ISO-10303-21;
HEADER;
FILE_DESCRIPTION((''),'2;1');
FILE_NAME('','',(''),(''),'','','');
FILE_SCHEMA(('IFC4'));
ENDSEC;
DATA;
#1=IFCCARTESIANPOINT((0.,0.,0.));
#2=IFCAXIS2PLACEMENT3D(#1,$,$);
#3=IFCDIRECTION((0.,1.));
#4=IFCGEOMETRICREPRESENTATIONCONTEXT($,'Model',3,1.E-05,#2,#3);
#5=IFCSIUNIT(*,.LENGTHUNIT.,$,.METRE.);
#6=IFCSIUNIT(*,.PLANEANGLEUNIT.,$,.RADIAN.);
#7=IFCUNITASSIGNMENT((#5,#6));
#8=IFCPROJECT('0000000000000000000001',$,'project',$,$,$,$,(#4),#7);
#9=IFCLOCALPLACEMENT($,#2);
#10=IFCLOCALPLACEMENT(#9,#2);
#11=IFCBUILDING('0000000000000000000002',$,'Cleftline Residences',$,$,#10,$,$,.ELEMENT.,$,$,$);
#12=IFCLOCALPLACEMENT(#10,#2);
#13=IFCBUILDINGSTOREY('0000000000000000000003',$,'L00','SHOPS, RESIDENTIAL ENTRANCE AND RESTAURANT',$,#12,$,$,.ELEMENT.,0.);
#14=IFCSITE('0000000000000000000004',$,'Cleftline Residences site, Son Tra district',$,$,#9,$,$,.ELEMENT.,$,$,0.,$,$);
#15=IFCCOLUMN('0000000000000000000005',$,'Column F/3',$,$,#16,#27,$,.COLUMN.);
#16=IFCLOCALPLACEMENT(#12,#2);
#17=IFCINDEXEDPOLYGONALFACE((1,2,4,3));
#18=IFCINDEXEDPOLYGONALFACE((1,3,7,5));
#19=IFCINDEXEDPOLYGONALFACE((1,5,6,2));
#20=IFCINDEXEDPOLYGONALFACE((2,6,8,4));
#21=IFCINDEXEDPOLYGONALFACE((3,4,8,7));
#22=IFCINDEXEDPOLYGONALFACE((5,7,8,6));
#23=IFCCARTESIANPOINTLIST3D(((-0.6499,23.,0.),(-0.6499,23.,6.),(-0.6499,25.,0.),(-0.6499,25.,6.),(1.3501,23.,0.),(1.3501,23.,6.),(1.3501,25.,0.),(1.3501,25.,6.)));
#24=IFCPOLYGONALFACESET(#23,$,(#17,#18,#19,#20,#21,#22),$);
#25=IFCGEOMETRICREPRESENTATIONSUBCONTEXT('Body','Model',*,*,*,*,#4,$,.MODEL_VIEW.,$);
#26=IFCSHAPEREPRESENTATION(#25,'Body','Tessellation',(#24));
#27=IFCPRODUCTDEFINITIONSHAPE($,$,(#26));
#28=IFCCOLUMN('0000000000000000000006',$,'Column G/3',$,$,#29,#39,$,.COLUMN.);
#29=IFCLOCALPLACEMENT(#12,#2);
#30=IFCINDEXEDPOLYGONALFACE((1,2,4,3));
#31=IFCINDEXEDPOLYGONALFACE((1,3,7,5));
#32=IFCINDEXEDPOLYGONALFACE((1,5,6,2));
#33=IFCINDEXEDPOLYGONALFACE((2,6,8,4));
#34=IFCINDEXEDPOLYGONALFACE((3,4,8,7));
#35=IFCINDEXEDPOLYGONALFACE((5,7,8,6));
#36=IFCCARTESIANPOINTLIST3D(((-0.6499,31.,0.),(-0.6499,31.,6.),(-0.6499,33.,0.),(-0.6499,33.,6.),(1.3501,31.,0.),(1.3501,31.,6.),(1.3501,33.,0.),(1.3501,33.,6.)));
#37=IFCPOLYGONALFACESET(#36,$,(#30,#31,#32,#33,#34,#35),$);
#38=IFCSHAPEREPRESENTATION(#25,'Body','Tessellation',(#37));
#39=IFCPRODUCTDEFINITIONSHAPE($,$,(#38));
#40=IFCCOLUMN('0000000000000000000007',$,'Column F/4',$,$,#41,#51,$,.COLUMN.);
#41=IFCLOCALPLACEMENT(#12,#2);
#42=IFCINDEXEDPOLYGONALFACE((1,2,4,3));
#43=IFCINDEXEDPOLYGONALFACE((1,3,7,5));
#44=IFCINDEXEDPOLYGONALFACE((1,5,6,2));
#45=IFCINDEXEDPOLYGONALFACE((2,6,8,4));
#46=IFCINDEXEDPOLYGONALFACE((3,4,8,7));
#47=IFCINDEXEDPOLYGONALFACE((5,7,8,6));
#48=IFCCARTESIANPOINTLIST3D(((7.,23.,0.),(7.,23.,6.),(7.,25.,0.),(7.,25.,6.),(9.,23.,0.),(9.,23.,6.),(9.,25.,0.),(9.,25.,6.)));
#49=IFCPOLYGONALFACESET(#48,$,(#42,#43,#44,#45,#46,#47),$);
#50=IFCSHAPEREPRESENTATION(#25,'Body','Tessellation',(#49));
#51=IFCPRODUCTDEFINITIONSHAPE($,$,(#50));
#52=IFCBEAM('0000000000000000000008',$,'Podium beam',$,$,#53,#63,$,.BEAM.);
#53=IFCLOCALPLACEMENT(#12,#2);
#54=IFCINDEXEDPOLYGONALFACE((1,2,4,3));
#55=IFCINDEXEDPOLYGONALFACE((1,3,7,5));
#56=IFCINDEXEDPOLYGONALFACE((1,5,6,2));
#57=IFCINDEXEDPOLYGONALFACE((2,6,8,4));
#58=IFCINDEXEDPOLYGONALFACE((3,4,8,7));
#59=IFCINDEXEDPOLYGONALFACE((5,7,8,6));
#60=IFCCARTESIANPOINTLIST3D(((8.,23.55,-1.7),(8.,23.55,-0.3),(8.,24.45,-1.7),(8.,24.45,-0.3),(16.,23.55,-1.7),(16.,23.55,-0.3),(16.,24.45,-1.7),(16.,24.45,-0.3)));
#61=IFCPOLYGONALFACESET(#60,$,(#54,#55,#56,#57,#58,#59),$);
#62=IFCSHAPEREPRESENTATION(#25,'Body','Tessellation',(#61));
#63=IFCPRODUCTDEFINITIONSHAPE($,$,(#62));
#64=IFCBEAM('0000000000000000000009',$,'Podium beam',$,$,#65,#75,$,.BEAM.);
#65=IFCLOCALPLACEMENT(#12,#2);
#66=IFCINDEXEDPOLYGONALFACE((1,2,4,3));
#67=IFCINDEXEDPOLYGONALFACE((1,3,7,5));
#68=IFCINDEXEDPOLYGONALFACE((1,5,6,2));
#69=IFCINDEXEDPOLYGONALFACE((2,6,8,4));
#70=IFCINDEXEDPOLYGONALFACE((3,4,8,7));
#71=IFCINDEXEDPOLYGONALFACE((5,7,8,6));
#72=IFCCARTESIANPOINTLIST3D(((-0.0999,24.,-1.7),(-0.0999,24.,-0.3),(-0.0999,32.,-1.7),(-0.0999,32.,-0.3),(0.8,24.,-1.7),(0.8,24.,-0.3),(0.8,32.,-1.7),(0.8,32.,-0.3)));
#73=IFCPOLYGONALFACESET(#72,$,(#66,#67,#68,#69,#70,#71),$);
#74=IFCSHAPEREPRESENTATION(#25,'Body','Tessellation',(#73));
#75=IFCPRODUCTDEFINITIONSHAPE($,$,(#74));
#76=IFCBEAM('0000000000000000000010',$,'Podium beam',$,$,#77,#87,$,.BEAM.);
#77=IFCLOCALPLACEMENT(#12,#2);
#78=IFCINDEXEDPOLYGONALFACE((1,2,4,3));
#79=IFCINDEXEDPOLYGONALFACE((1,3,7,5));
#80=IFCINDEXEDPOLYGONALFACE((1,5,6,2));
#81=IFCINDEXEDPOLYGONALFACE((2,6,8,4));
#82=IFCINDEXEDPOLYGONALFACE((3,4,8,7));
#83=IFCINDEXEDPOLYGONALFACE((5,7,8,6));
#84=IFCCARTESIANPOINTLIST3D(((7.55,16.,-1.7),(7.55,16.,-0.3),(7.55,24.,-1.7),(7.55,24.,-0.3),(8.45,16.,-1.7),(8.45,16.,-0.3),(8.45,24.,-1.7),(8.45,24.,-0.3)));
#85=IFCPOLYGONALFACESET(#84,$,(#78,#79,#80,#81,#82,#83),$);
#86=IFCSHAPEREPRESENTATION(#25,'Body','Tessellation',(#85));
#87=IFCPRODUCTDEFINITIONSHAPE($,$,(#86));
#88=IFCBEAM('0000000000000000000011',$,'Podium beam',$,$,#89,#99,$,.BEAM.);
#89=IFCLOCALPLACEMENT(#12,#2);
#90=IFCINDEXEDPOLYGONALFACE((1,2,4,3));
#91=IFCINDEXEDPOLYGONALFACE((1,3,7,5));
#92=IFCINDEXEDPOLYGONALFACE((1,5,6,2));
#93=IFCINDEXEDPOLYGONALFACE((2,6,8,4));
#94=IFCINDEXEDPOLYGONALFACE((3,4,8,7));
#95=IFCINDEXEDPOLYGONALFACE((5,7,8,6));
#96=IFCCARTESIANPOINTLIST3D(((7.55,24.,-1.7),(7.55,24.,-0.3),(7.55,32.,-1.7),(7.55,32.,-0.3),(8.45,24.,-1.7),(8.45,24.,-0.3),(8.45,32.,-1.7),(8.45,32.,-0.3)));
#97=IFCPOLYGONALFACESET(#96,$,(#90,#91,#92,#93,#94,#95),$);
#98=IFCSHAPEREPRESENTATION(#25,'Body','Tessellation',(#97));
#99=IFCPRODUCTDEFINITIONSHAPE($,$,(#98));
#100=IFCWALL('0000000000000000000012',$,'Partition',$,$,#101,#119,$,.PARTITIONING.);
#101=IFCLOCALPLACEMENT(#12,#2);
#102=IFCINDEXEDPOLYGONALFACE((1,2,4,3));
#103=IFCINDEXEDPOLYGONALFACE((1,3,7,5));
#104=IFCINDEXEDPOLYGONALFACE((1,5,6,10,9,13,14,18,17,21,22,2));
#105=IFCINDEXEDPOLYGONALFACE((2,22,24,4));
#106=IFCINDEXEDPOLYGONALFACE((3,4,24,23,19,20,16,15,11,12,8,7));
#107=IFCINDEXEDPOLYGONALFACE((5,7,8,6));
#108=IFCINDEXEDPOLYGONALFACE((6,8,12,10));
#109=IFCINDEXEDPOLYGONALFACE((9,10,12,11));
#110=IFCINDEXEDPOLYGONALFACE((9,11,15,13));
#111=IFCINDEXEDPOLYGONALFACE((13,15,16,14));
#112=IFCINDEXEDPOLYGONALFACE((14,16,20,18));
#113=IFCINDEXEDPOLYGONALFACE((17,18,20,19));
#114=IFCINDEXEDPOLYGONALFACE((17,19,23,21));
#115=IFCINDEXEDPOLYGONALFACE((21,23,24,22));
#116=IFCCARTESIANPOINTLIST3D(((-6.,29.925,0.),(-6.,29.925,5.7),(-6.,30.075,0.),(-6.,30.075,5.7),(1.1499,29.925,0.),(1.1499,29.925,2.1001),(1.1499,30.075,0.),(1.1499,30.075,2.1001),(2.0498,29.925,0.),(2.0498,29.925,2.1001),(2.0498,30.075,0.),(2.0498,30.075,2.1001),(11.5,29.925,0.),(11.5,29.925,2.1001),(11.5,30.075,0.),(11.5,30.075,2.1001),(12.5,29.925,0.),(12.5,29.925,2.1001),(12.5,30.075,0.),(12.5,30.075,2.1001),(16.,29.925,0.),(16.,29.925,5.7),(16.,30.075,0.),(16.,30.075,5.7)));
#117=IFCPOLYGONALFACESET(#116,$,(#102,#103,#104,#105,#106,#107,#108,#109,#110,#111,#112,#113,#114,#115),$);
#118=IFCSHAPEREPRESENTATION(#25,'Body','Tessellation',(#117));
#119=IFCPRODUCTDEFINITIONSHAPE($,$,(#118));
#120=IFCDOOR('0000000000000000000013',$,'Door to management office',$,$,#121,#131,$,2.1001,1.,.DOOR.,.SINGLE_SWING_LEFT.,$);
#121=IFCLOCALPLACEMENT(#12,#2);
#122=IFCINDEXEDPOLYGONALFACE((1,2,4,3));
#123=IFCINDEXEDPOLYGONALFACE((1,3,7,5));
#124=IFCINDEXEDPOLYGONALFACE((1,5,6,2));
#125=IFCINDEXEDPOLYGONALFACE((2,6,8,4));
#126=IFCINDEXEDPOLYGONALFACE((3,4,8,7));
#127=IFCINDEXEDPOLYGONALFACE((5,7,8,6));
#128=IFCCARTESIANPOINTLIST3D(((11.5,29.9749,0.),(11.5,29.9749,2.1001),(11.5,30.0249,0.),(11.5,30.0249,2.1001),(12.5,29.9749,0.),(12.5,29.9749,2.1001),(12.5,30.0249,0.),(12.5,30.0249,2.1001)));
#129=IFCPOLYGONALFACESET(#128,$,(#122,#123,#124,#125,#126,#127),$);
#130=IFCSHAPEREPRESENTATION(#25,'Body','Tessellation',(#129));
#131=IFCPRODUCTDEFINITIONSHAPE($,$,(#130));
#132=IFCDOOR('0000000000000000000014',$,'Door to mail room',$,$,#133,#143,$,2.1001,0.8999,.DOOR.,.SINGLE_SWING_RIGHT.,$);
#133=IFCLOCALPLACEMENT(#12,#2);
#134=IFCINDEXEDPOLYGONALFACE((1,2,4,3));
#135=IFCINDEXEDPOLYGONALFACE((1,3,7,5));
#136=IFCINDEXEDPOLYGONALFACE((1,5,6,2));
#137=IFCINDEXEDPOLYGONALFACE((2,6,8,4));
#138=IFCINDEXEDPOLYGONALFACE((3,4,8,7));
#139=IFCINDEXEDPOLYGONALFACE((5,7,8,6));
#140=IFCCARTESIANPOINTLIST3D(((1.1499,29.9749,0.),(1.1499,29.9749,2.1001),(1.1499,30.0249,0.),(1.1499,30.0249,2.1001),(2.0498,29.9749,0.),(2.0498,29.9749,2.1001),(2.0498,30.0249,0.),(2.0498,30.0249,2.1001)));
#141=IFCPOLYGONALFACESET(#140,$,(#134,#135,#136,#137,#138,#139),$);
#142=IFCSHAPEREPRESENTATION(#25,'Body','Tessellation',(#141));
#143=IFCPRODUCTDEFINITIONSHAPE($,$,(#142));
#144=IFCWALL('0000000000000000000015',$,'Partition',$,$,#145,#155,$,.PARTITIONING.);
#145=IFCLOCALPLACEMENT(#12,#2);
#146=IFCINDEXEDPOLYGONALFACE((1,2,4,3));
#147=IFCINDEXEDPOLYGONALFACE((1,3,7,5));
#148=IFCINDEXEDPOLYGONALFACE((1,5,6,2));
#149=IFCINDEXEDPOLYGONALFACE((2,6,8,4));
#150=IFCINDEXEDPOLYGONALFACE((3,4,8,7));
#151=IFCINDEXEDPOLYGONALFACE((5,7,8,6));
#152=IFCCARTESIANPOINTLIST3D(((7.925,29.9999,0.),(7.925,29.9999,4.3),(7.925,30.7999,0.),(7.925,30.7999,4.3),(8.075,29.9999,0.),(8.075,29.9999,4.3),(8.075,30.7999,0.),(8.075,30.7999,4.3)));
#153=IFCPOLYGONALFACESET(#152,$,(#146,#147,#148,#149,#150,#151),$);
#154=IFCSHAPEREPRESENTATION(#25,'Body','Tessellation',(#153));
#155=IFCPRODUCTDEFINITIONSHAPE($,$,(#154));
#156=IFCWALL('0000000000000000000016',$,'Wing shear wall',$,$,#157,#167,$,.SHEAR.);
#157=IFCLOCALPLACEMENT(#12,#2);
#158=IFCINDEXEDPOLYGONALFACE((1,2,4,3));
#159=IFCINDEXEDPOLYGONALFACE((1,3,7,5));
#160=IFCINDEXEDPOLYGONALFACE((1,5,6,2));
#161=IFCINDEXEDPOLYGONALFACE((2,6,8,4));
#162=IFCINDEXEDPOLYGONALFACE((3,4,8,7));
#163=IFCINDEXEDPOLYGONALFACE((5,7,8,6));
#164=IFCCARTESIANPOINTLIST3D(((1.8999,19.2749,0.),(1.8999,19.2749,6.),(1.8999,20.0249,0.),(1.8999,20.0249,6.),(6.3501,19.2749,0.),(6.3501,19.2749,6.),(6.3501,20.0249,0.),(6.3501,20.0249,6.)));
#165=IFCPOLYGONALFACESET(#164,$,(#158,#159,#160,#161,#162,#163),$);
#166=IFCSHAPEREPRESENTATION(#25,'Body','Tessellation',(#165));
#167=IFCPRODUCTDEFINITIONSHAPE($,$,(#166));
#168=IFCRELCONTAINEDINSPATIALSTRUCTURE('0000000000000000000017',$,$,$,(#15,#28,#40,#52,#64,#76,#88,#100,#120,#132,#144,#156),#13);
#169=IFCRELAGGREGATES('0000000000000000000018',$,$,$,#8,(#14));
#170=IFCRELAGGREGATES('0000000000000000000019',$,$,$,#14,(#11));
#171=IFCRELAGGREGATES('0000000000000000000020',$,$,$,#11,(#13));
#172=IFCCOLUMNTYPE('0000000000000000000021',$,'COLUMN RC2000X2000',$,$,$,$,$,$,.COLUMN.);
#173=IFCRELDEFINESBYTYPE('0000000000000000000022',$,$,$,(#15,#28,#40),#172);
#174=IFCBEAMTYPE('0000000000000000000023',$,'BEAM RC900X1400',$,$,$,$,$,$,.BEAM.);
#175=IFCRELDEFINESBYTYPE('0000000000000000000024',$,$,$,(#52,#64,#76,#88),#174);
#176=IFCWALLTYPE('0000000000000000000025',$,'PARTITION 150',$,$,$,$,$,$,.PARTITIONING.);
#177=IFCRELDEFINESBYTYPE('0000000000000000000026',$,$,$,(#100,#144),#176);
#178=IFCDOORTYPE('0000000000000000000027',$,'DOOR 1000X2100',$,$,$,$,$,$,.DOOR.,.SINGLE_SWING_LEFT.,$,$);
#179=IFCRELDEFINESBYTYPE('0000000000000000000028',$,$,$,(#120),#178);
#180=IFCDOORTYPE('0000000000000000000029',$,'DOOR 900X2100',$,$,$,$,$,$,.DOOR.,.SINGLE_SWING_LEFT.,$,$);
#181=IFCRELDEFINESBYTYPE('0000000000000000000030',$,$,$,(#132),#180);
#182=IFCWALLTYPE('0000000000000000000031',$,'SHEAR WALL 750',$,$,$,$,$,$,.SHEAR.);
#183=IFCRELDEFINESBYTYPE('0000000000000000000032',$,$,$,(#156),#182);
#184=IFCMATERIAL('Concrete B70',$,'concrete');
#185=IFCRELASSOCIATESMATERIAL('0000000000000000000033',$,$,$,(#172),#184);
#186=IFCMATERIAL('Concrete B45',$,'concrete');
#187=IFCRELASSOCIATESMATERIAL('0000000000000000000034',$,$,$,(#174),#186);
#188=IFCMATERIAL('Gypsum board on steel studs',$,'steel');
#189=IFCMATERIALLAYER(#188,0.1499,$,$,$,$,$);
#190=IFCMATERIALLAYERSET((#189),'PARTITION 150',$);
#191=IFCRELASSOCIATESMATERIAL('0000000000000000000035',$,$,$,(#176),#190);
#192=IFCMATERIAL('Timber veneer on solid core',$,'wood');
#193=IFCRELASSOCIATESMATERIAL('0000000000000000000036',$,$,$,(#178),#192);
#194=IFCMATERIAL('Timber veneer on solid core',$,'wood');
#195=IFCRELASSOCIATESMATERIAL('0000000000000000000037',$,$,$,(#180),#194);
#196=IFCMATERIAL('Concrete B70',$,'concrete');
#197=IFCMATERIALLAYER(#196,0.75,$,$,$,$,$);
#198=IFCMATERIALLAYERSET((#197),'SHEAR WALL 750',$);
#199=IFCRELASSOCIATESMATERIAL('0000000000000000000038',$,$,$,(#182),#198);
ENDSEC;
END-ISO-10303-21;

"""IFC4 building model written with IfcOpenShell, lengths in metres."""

from ifc_helpers import new_model, si_unit, direction, frame, frame_2d, origin, origin_2d, place, context, subcontext, project, spatial, rectangle, extrude, material, layer, layer_set, material_profile, profile_set, type_object, element, fill, save


model = new_model("IFC4")

# Units and contexts
model_context = context("Model", 3, precision=1e-05, world=origin(), true_north=direction((0.0, 1.0)))
body_context = subcontext(model_context, "Body", "Model", "MODEL_VIEW")
ifc_project = project(units=[si_unit("LENGTHUNIT", "METRE"), si_unit("PLANEANGLEUNIT", "RADIAN")], contexts=[model_context])

# Site, building, storey
site_placement = place(None, origin())
site = spatial("IfcSite", under=ifc_project, at=site_placement, Name="Cleftline Residences site, Son Tra district", CompositionType="ELEMENT", RefElevation=0.0)
building_placement = place(site_placement, origin())
building = spatial("IfcBuilding", under=site, at=building_placement, Name="Cleftline Residences", CompositionType="ELEMENT")
storey_placement = place(building_placement, origin())
storey = spatial("IfcBuildingStorey", under=building, at=storey_placement, Name="L00", Description="SHOPS, RESIDENTIAL ENTRANCE AND RESTAURANT", CompositionType="ELEMENT", Elevation=0.0)

# Columns
ifc_material_1 = material(Name="Concrete B70", Category="concrete")
ifc_material_profile_1 = material_profile(ifc_material_1, rectangle(XDim=2.0, YDim=2.0, at=origin_2d()))
ifc_profile_set_1 = profile_set([ifc_material_profile_1], Name="Concrete B70")
column_type = type_object("IfcColumnType", Name="COLUMN RC2000X2000", PredefinedType="COLUMN", material=ifc_profile_set_1)
for number, where, z_axis, x_axis, name in (
    (1, (0.3501, 24.0, 0.0), (0.0, 0.0, 1.0), (1.0, 0.0, 0.0), "Column F/3"),
    (2, (0.3501, 32.0, 0.0), (0.0, 0.0, 1.0), (1.0, 0.0, 0.0), "Column G/3"),
    (3, (8.0, 24.0, 0.0), (0.0, 0.0, 1.0), (1.0, 0.0, 0.0), "Column F/4"),
):
    element("IfcColumn", number, at=place(storey_placement, frame(where, z_axis=z_axis, x_axis=x_axis)), inside=storey, type_object=column_type, Name=name, PredefinedType="COLUMN", context=body_context, shape_type="SweptSolid", body=[
        extrude(rectangle(XDim=2.0, YDim=2.0, at=origin_2d()), origin(), (0.0, 0.0, 1.0), 6.0),
    ])

# Beams
ifc_material_2 = material(Name="Concrete B45", Category="concrete")
ifc_material_profile_2 = material_profile(ifc_material_2, rectangle(XDim=0.8999, YDim=1.3999, at=origin_2d()))
ifc_profile_set_2 = profile_set([ifc_material_profile_2], Name="Concrete B45")
beam_type = type_object("IfcBeamType", Name="BEAM RC900X1400", PredefinedType="BEAM", material=ifc_profile_set_2)
for number, where, z_axis, x_axis, name in (
    (4, (8.0, 24.0, -1.0), (1.0, 0.0, 0.0), (0.0, 1.0, 0.0), "Podium beam"),
    (5, (0.3501, 24.0, -1.0), (0.0, 1.0, 0.0), (-1.0, 0.0, 0.0), "Podium beam"),
    (6, (8.0, 16.0, -1.0), (0.0, 1.0, 0.0), (-1.0, 0.0, 0.0), "Podium beam"),
    (7, (8.0, 24.0, -1.0), (0.0, 1.0, 0.0), (-1.0, 0.0, 0.0), "Podium beam"),
):
    element("IfcBeam", number, at=place(storey_placement, frame(where, z_axis=z_axis, x_axis=x_axis)), inside=storey, type_object=beam_type, Name=name, PredefinedType="BEAM", context=body_context, shape_type="SweptSolid", body=[
        extrude(rectangle(XDim=0.8999, YDim=1.3999, at=origin_2d()), origin(), (0.0, 0.0, 1.0), 8.0),
    ])

# Wall, openings, doors
ifc_material_3 = material(Name="Gypsum board on steel studs", Category="steel")
ifc_layer_1 = layer(ifc_material_3, 0.1499)
ifc_layer_set_1 = layer_set([ifc_layer_1], Name="PARTITION 150")
wall_type_1 = type_object("IfcWallType", Name="PARTITION 150", PredefinedType="PARTITIONING", material=ifc_layer_set_1)
wall_1_placement = place(storey_placement, frame((-6.0, 30.0, 0.0), z_axis=(0.0, 0.0, 1.0), x_axis=(1.0, 0.0, 0.0)))
wall_1 = element("IfcWall", 8, at=wall_1_placement, inside=storey, type_object=wall_type_1, Name="Partition", PredefinedType="PARTITIONING", context=body_context, shape_type="SweptSolid", body=[
    extrude(rectangle(XDim=22.0, YDim=0.1499, at=frame_2d((11.0, 0.0))), origin(), (0.0, 0.0, 1.0), 5.7),
])
opening_1_placement = place(wall_1_placement, frame((7.1499, 0.0, 0.0)))
opening_1 = element("IfcOpeningElement", 9, at=opening_1_placement, cuts=wall_1, PredefinedType="OPENING", context=body_context, shape_type="SweptSolid", body=[
    extrude(rectangle(XDim=0.8999, YDim=2.1001, at=frame_2d((0.45, 1.05))), frame((0.0, 0.085, 0.0), z_axis=(0.0, -1.0, 0.0), x_axis=(1.0, 0.0, 0.0)), (0.0, 0.0, 1.0), 0.1699),
])
opening_2_placement = place(wall_1_placement, frame((17.5, 0.0, 0.0)))
opening_2 = element("IfcOpeningElement", 10, at=opening_2_placement, cuts=wall_1, PredefinedType="OPENING", context=body_context, shape_type="SweptSolid", body=[
    extrude(rectangle(XDim=1.0, YDim=2.1001, at=frame_2d((0.5, 1.05))), frame((0.0, 0.085, 0.0), z_axis=(0.0, -1.0, 0.0), x_axis=(1.0, 0.0, 0.0)), (0.0, 0.0, 1.0), 0.1699),
])
ifc_material_4 = material(Name="Timber veneer on solid core", Category="wood")
door_type_1 = type_object("IfcDoorType", Name="DOOR 1000X2100", OperationType="SINGLE_SWING_LEFT", PredefinedType="DOOR", material=ifc_material_4)
door_1_placement = place(opening_2_placement, origin())
door_1 = element("IfcDoor", 11, at=door_1_placement, inside=storey, type_object=door_type_1, Name="Door to management office", OperationType="SINGLE_SWING_LEFT", OverallHeight=2.1001, OverallWidth=1.0, PredefinedType="DOOR", context=body_context, shape_type="SweptSolid", body=[
    extrude(rectangle(XDim=1.0, YDim=2.1001, at=frame_2d((0.5, 1.05))), frame((0.0, 0.0249, 0.0), z_axis=(0.0, -1.0, 0.0), x_axis=(1.0, 0.0, 0.0)), (0.0, 0.0, 1.0), 0.05),
])
fill(opening_2, door_1)
ifc_material_5 = material(Name="Timber veneer on solid core", Category="wood")
door_type_2 = type_object("IfcDoorType", Name="DOOR 900X2100", OperationType="SINGLE_SWING_LEFT", PredefinedType="DOOR", material=ifc_material_5)
door_2_placement = place(opening_1_placement, origin())
door_2 = element("IfcDoor", 12, at=door_2_placement, inside=storey, type_object=door_type_2, Name="Door to mail room", OperationType="SINGLE_SWING_RIGHT", OverallHeight=2.1001, OverallWidth=0.8999, PredefinedType="DOOR", context=body_context, shape_type="SweptSolid", body=[
    extrude(rectangle(XDim=0.8999, YDim=2.1001, at=frame_2d((0.45, 1.05))), frame((0.0, 0.0249, 0.0), z_axis=(0.0, -1.0, 0.0), x_axis=(1.0, 0.0, 0.0)), (0.0, 0.0, 1.0), 0.05),
])
fill(opening_1, door_2)

# Walls
wall_2_placement = place(storey_placement, frame((8.0, 30.0, 0.0), z_axis=(0.0, 0.0, 1.0), x_axis=(0.0, 1.0, 0.0)))
element("IfcWall", 13, at=wall_2_placement, inside=storey, type_object=wall_type_1, Name="Partition", PredefinedType="PARTITIONING", context=body_context, shape_type="SweptSolid", body=[
    extrude(rectangle(XDim=0.8, YDim=0.1499, at=frame_2d((0.3999, 0.0))), origin(), (0.0, 0.0, 1.0), 4.3),
])
ifc_material_6 = material(Name="Concrete B70", Category="concrete")
ifc_layer_2 = layer(ifc_material_6, 0.75)
ifc_layer_set_2 = layer_set([ifc_layer_2], Name="SHEAR WALL 750")
wall_type_2 = type_object("IfcWallType", Name="SHEAR WALL 750", PredefinedType="SHEAR", material=ifc_layer_set_2)
wall_3_placement = place(storey_placement, frame((1.8999, 19.6499, 0.0), z_axis=(0.0, 0.0, 1.0), x_axis=(1.0, 0.0, 0.0)))
element("IfcWall", 14, at=wall_3_placement, inside=storey, type_object=wall_type_2, Name="Wing shear wall", PredefinedType="SHEAR", context=body_context, shape_type="SweptSolid", body=[
    extrude(rectangle(XDim=4.4502, YDim=0.75, at=frame_2d((2.2251, 0.0))), origin(), (0.0, 0.0, 1.0), 6.0),
])

save(model, "model.ifc")
